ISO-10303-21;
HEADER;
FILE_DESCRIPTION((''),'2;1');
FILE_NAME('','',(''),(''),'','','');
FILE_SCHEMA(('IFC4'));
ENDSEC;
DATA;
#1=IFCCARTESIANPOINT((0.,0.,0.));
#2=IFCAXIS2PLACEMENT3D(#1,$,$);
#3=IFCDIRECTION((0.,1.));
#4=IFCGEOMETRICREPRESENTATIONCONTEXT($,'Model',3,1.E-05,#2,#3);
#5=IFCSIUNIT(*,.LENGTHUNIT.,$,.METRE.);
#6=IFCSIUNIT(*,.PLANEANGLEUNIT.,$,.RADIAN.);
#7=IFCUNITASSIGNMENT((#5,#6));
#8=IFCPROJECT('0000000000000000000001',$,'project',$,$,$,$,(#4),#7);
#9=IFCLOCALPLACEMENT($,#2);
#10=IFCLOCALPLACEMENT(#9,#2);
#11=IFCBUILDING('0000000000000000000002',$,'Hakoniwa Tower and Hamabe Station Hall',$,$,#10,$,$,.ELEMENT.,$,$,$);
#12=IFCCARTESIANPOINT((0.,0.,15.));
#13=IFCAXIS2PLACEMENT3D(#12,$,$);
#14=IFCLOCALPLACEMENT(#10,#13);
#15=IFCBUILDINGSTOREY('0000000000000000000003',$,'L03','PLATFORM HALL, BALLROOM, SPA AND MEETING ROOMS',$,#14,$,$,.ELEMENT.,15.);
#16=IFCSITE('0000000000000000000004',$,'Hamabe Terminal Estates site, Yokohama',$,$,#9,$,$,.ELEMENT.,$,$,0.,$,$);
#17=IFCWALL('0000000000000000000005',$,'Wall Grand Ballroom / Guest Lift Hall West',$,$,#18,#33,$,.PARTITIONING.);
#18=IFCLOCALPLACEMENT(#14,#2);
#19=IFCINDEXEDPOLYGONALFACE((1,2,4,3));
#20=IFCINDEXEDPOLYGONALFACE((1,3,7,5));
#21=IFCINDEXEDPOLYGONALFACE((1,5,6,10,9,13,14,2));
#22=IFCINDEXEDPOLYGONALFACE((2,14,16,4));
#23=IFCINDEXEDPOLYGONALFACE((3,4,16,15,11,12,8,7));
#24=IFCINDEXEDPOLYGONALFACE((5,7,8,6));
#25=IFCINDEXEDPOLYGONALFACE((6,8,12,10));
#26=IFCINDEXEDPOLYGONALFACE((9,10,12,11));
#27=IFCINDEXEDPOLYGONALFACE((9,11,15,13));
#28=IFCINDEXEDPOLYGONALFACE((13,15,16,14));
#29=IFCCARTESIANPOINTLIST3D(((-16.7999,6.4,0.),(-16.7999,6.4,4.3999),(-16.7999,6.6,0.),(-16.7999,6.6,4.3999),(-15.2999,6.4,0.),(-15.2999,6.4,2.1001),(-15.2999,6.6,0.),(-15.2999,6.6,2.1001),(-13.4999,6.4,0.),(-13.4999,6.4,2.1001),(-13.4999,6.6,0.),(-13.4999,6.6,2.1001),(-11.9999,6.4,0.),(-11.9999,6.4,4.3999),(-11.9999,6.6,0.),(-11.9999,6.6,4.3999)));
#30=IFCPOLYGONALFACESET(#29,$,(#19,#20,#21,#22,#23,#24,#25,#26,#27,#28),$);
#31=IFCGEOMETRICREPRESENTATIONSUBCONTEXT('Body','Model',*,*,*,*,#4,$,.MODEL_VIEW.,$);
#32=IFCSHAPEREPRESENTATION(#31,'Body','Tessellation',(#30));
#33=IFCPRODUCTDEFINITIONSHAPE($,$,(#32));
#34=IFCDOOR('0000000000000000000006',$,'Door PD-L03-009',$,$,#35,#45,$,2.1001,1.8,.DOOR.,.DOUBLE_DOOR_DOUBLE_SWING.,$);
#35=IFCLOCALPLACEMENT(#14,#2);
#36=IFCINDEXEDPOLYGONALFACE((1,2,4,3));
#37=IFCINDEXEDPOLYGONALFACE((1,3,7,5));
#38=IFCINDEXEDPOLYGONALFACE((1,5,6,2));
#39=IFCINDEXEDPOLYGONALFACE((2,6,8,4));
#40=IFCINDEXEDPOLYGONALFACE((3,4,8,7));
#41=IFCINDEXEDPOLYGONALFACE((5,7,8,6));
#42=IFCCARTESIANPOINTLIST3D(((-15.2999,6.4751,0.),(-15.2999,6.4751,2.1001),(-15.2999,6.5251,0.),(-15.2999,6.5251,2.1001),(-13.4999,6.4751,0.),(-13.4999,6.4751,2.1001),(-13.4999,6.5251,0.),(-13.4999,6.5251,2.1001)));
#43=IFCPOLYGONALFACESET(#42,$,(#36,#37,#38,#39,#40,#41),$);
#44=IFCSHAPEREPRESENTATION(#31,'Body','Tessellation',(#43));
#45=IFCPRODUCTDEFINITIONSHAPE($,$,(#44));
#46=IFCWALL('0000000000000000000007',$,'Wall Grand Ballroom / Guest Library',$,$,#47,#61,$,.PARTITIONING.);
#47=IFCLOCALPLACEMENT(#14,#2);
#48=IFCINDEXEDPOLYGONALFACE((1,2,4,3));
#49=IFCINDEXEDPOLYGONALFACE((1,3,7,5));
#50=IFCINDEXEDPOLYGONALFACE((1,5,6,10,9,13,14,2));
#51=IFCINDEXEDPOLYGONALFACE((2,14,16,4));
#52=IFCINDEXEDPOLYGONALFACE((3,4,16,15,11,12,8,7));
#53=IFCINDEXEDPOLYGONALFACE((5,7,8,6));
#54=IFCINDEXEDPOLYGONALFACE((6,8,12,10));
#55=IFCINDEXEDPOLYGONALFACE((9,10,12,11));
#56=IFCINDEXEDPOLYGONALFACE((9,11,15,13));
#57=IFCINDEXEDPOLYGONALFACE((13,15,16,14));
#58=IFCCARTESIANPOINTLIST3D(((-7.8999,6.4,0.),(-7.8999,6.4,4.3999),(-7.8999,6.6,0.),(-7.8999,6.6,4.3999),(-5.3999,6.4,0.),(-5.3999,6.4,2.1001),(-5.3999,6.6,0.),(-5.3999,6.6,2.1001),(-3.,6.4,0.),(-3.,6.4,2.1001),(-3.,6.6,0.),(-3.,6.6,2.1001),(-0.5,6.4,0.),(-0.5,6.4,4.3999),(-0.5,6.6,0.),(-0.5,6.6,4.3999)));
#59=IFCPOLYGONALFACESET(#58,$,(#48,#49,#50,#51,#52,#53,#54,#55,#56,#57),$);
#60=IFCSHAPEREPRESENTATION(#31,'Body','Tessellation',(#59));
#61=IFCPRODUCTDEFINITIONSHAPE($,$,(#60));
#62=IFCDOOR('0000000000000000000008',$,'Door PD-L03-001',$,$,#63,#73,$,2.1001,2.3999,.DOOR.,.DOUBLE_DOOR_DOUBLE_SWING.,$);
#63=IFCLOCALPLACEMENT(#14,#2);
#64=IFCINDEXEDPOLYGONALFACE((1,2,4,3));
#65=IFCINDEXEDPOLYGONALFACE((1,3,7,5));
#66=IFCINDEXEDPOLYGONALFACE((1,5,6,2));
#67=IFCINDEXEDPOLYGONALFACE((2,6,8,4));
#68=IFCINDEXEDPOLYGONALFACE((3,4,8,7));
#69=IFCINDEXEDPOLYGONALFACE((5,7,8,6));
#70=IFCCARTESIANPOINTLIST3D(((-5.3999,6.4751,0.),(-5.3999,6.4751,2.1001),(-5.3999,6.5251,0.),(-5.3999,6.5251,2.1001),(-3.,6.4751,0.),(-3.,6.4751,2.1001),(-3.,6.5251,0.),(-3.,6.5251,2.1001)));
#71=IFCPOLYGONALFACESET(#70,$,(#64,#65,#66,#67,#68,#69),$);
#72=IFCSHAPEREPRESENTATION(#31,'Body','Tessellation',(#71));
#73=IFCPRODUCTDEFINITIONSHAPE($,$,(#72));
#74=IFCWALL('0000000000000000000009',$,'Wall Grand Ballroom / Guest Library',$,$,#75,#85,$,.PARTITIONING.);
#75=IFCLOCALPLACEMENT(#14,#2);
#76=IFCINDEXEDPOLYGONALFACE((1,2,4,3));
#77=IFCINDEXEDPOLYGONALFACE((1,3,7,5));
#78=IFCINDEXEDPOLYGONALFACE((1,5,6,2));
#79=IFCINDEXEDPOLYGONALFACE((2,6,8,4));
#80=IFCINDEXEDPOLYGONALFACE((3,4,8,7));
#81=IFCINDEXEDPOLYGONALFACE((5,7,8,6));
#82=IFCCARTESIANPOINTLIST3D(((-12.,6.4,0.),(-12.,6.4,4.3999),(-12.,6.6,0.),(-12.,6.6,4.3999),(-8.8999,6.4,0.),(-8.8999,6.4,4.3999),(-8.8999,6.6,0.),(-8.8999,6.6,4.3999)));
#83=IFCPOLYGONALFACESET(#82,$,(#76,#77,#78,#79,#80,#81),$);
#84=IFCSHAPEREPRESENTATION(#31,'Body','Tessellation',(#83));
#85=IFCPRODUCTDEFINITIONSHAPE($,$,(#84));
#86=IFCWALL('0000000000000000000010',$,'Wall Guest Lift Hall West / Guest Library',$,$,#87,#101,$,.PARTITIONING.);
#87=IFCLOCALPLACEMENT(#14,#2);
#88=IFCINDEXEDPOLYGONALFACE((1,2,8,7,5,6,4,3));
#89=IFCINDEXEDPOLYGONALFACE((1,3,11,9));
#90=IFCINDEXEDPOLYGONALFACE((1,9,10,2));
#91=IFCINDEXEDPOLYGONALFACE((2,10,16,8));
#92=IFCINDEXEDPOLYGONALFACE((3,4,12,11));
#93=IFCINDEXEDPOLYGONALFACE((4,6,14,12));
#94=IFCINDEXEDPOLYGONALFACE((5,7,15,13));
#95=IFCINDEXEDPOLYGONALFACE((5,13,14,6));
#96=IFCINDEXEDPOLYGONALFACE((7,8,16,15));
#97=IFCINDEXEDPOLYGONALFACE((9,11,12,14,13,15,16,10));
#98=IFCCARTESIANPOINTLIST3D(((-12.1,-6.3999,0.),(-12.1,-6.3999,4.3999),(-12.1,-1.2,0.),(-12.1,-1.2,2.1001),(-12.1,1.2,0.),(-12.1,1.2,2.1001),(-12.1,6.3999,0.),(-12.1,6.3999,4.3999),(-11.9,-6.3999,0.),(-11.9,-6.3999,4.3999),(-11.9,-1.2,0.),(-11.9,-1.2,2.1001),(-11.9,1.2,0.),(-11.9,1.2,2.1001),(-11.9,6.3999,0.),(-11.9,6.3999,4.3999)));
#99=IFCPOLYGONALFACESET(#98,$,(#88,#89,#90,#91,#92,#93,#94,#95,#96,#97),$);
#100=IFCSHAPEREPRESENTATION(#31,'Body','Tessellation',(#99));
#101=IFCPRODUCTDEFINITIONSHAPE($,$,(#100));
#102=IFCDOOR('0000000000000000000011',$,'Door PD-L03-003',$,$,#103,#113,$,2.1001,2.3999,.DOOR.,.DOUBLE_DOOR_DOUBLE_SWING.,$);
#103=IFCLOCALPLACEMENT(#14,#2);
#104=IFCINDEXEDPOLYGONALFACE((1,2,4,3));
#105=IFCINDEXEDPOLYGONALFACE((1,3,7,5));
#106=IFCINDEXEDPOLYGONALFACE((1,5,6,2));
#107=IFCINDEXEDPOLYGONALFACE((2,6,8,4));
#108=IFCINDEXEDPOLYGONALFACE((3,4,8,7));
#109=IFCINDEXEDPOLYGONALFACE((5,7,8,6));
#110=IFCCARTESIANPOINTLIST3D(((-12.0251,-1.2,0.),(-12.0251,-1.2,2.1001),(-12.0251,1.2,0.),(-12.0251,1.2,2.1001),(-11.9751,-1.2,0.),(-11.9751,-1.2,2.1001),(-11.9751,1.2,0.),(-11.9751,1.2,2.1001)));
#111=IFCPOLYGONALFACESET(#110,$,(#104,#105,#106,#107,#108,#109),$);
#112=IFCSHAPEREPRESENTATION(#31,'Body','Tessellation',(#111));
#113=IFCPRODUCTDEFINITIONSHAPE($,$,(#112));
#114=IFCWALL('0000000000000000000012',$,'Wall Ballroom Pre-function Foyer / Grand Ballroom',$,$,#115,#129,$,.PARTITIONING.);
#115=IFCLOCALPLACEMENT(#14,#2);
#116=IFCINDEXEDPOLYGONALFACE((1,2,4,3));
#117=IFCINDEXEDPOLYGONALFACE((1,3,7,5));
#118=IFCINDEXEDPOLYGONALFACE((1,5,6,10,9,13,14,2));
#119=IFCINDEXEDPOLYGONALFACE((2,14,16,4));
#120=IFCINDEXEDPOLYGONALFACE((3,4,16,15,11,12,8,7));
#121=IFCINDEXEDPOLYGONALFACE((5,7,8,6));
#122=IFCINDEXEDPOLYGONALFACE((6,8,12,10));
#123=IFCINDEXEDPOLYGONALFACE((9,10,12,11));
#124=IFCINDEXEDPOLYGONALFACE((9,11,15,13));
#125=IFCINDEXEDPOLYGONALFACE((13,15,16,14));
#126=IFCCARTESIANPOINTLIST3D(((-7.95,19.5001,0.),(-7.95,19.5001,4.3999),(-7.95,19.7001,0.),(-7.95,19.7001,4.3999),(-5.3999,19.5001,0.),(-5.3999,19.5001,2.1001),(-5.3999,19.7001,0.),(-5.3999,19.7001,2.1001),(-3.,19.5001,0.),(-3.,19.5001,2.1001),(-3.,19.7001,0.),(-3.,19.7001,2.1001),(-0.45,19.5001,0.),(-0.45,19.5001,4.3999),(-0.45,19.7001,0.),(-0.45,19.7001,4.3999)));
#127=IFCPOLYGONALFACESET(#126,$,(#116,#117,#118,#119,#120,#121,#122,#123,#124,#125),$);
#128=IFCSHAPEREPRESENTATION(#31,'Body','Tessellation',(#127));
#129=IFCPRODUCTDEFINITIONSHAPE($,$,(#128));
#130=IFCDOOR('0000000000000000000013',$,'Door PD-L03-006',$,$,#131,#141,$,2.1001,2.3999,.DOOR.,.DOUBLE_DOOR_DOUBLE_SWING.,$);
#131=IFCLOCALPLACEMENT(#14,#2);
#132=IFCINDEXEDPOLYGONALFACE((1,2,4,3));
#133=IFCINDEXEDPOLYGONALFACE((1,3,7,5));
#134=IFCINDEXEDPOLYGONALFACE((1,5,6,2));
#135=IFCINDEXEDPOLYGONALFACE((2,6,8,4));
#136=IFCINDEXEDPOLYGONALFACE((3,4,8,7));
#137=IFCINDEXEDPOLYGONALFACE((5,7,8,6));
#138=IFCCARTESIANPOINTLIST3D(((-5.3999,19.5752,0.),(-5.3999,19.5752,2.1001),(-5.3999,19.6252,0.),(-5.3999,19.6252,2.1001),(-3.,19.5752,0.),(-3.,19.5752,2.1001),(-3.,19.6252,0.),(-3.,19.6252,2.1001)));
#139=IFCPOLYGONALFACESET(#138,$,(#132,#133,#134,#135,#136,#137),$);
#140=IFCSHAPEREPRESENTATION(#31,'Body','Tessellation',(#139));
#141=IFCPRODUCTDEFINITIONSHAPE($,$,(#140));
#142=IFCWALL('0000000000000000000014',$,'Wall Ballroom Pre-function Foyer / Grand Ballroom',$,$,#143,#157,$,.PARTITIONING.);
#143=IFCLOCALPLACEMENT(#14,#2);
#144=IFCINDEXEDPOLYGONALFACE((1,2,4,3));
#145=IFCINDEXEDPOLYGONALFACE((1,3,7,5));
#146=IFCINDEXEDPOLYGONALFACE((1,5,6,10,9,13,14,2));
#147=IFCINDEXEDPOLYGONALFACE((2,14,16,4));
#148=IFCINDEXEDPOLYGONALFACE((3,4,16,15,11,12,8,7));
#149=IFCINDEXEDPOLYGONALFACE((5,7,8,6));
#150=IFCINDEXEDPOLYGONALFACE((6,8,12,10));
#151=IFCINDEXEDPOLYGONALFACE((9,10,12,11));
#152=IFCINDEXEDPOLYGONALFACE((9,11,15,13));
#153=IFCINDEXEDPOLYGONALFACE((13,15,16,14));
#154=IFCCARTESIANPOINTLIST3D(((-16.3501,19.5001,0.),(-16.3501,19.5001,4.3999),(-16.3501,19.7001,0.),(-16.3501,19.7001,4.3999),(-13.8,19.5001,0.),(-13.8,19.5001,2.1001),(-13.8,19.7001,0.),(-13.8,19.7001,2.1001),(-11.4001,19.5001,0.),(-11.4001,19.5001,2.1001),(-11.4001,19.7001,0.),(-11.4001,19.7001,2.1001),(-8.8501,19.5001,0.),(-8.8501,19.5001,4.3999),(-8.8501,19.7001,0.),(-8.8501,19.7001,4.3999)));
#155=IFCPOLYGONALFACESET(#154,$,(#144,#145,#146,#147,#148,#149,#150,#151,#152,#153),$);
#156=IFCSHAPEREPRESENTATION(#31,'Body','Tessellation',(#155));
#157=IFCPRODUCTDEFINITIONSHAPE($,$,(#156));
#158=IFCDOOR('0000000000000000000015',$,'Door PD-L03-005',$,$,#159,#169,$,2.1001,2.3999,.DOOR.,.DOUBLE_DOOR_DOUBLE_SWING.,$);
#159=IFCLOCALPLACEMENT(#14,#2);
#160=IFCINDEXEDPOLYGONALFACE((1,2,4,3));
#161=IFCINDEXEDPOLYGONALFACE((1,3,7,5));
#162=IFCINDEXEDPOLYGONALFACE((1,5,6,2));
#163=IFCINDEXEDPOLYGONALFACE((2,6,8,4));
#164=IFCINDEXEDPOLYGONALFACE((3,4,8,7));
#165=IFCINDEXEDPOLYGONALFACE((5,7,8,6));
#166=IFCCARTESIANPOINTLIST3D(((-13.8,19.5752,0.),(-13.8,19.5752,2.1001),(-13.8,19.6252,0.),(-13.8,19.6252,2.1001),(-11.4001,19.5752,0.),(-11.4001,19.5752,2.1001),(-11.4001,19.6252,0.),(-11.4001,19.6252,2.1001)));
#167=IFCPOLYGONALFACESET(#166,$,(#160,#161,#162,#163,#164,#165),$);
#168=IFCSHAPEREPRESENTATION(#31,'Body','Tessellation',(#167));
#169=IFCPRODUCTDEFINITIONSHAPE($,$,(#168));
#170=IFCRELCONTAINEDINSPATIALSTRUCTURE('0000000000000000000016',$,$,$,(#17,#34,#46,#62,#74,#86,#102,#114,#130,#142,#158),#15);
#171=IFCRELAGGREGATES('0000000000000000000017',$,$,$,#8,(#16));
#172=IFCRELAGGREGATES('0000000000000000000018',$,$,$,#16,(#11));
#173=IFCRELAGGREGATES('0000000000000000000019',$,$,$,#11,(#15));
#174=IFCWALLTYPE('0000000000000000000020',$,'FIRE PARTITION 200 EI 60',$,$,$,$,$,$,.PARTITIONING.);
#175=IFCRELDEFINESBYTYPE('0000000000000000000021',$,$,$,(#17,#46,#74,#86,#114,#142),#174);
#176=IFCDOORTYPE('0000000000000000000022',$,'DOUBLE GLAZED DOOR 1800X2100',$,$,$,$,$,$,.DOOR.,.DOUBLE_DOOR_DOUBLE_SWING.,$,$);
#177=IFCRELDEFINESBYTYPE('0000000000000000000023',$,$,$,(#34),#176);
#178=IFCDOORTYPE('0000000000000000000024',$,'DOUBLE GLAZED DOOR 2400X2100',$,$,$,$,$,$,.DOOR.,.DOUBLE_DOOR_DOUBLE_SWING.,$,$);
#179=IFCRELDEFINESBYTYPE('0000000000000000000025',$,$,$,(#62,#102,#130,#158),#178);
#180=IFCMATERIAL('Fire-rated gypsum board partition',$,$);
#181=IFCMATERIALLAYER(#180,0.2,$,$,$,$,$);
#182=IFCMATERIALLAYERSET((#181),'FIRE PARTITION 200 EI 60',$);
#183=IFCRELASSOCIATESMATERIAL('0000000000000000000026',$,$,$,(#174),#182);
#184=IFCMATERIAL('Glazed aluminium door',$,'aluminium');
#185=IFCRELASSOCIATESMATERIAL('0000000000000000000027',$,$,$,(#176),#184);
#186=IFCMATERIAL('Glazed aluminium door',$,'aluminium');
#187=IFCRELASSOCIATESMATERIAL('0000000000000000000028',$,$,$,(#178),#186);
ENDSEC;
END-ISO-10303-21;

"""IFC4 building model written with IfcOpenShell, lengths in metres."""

from ifc_helpers import new_model, si_unit, direction, frame, frame_2d, origin, place, context, subcontext, project, spatial, rectangle, extrude, material, layer, layer_set, type_object, element, fill, save


model = new_model("IFC4")

# Units and contexts
model_context = context("Model", 3, precision=1e-05, world=origin(), true_north=direction((0.0, 1.0)))
body_context = subcontext(model_context, "Body", "Model", "MODEL_VIEW")
ifc_project = project(units=[si_unit("LENGTHUNIT", "METRE"), si_unit("PLANEANGLEUNIT", "RADIAN")], contexts=[model_context])

# Site, building, storey
site_placement = place(None, origin())
site = spatial("IfcSite", under=ifc_project, at=site_placement, Name="Hamabe Terminal Estates site, Yokohama", CompositionType="ELEMENT", RefElevation=0.0)
building_placement = place(site_placement, origin())
building = spatial("IfcBuilding", under=site, at=building_placement, Name="Hakoniwa Tower and Hamabe Station Hall", CompositionType="ELEMENT")
storey_placement = place(building_placement, frame((0.0, 0.0, 15.0)))
storey = spatial("IfcBuildingStorey", under=building, at=storey_placement, Name="L03", Description="PLATFORM HALL, BALLROOM, SPA AND MEETING ROOMS", CompositionType="ELEMENT", Elevation=15.0)

# Walls, openings, doors
ifc_material_1 = material(Name="Fire-rated gypsum board partition")
ifc_layer_1 = layer(ifc_material_1, 0.2)
ifc_layer_set_1 = layer_set([ifc_layer_1], Name="FIRE PARTITION 200 EI 60")
wall_type = type_object("IfcWallType", Name="FIRE PARTITION 200 EI 60", PredefinedType="PARTITIONING", material=ifc_layer_set_1)
wall_1_placement = place(storey_placement, frame((-12.0, 6.5, 0.0), z_axis=(0.0, 0.0, 1.0), x_axis=(-1.0, 0.0, 0.0)))
wall_1 = element("IfcWall", 1, at=wall_1_placement, inside=storey, type_object=wall_type, Name="Wall Grand Ballroom / Guest Lift Hall West", PredefinedType="PARTITIONING", context=body_context, shape_type="SweptSolid", body=[
    extrude(rectangle(XDim=4.8, YDim=0.2, at=frame_2d((2.3999, 0.0))), origin(), (0.0, 0.0, 1.0), 4.3999),
])
opening_1_placement = place(wall_1_placement, frame((1.5, 0.0, 0.0)))
opening_1 = element("IfcOpeningElement", 2, at=opening_1_placement, cuts=wall_1, PredefinedType="OPENING", context=body_context, shape_type="SweptSolid", body=[
    extrude(rectangle(XDim=1.8, YDim=2.1001, at=frame_2d((0.8999, 1.05))), frame((0.0, 0.1099, 0.0), z_axis=(0.0, -1.0, 0.0), x_axis=(1.0, 0.0, 0.0)), (0.0, 0.0, 1.0), 0.22),
])
ifc_material_2 = material(Name="Glazed aluminium door", Category="aluminium")
door_type_1 = type_object("IfcDoorType", Name="DOUBLE GLAZED DOOR 1800X2100", OperationType="DOUBLE_DOOR_DOUBLE_SWING", PredefinedType="DOOR", material=ifc_material_2)
door_1_placement = place(opening_1_placement, origin())
door_1 = element("IfcDoor", 3, at=door_1_placement, inside=storey, type_object=door_type_1, Name="Door PD-L03-009", OperationType="DOUBLE_DOOR_DOUBLE_SWING", OverallHeight=2.1001, OverallWidth=1.8, PredefinedType="DOOR", context=body_context, shape_type="SweptSolid", body=[
    extrude(rectangle(XDim=1.8, YDim=2.1001, at=frame_2d((0.8999, 1.05))), frame((0.0, 0.0249, 0.0), z_axis=(0.0, -1.0, 0.0), x_axis=(1.0, 0.0, 0.0)), (0.0, 0.0, 1.0), 0.05),
])
fill(opening_1, door_1)
wall_2_placement = place(storey_placement, frame((-0.5, 6.5, 0.0), z_axis=(0.0, 0.0, 1.0), x_axis=(-1.0, 0.0, 0.0)))
wall_2 = element("IfcWall", 4, at=wall_2_placement, inside=storey, type_object=wall_type, Name="Wall Grand Ballroom / Guest Library", PredefinedType="PARTITIONING", context=body_context, shape_type="SweptSolid", body=[
    extrude(rectangle(XDim=7.3999, YDim=0.2, at=frame_2d((3.7, 0.0))), origin(), (0.0, 0.0, 1.0), 4.3999),
])
opening_2_placement = place(wall_2_placement, frame((2.5, 0.0, 0.0)))
opening_2 = element("IfcOpeningElement", 5, at=opening_2_placement, cuts=wall_2, PredefinedType="OPENING", context=body_context, shape_type="SweptSolid", body=[
    extrude(rectangle(XDim=2.3999, YDim=2.1001, at=frame_2d((1.2, 1.05))), frame((0.0, 0.1099, 0.0), z_axis=(0.0, -1.0, 0.0), x_axis=(1.0, 0.0, 0.0)), (0.0, 0.0, 1.0), 0.22),
])
ifc_material_3 = material(Name="Glazed aluminium door", Category="aluminium")
door_type_2 = type_object("IfcDoorType", Name="DOUBLE GLAZED DOOR 2400X2100", OperationType="DOUBLE_DOOR_DOUBLE_SWING", PredefinedType="DOOR", material=ifc_material_3)
door_2_placement = place(opening_2_placement, origin())
door_2 = element("IfcDoor", 6, at=door_2_placement, inside=storey, type_object=door_type_2, Name="Door PD-L03-001", OperationType="DOUBLE_DOOR_DOUBLE_SWING", OverallHeight=2.1001, OverallWidth=2.3999, PredefinedType="DOOR", context=body_context, shape_type="SweptSolid", body=[
    extrude(rectangle(XDim=2.3999, YDim=2.1001, at=frame_2d((1.2, 1.05))), frame((0.0, 0.0249, 0.0), z_axis=(0.0, -1.0, 0.0), x_axis=(1.0, 0.0, 0.0)), (0.0, 0.0, 1.0), 0.05),
])
fill(opening_2, door_2)

# Wall
wall_3_placement = place(storey_placement, frame((-8.8999, 6.5, 0.0), z_axis=(0.0, 0.0, 1.0), x_axis=(-1.0, 0.0, 0.0)))
element("IfcWall", 7, at=wall_3_placement, inside=storey, type_object=wall_type, Name="Wall Grand Ballroom / Guest Library", PredefinedType="PARTITIONING", context=body_context, shape_type="SweptSolid", body=[
    extrude(rectangle(XDim=3.1001, YDim=0.2, at=frame_2d((1.55, 0.0))), origin(), (0.0, 0.0, 1.0), 4.3999),
])

# Walls, openings, doors
wall_4_placement = place(storey_placement, frame((-12.0, 6.3999, 0.0), z_axis=(0.0, 0.0, 1.0), x_axis=(0.0, -1.0, 0.0)))
wall_4 = element("IfcWall", 8, at=wall_4_placement, inside=storey, type_object=wall_type, Name="Wall Guest Lift Hall West / Guest Library", PredefinedType="PARTITIONING", context=body_context, shape_type="SweptSolid", body=[
    extrude(rectangle(XDim=12.7998, YDim=0.2, at=frame_2d((6.3999, 0.0))), origin(), (0.0, 0.0, 1.0), 4.3999),
])
opening_3_placement = place(wall_4_placement, frame((5.2, 0.0, 0.0)))
opening_3 = element("IfcOpeningElement", 9, at=opening_3_placement, cuts=wall_4, PredefinedType="OPENING", context=body_context, shape_type="SweptSolid", body=[
    extrude(rectangle(XDim=2.3999, YDim=2.1001, at=frame_2d((1.2, 1.05))), frame((0.0, 0.1099, 0.0), z_axis=(0.0, -1.0, 0.0), x_axis=(1.0, 0.0, 0.0)), (0.0, 0.0, 1.0), 0.22),
])
door_3_placement = place(opening_3_placement, origin())
door_3 = element("IfcDoor", 10, at=door_3_placement, inside=storey, type_object=door_type_2, Name="Door PD-L03-003", OperationType="DOUBLE_DOOR_DOUBLE_SWING", OverallHeight=2.1001, OverallWidth=2.3999, PredefinedType="DOOR", context=body_context, shape_type="SweptSolid", body=[
    extrude(rectangle(XDim=2.3999, YDim=2.1001, at=frame_2d((1.2, 1.05))), frame((0.0, 0.0249, 0.0), z_axis=(0.0, -1.0, 0.0), x_axis=(1.0, 0.0, 0.0)), (0.0, 0.0, 1.0), 0.05),
])
fill(opening_3, door_3)
wall_5_placement = place(storey_placement, frame((-0.45, 19.6001, 0.0), z_axis=(0.0, 0.0, 1.0), x_axis=(-1.0, 0.0, 0.0)))
wall_5 = element("IfcWall", 11, at=wall_5_placement, inside=storey, type_object=wall_type, Name="Wall Ballroom Pre-function Foyer / Grand Ballroom", PredefinedType="PARTITIONING", context=body_context, shape_type="SweptSolid", body=[
    extrude(rectangle(XDim=7.5, YDim=0.2, at=frame_2d((3.75, 0.0))), origin(), (0.0, 0.0, 1.0), 4.3999),
])
opening_4_placement = place(wall_5_placement, frame((2.55, 0.0, 0.0)))
opening_4 = element("IfcOpeningElement", 12, at=opening_4_placement, cuts=wall_5, PredefinedType="OPENING", context=body_context, shape_type="SweptSolid", body=[
    extrude(rectangle(XDim=2.3999, YDim=2.1001, at=frame_2d((1.2, 1.05))), frame((0.0, 0.1099, 0.0), z_axis=(0.0, -1.0, 0.0), x_axis=(1.0, 0.0, 0.0)), (0.0, 0.0, 1.0), 0.22),
])
door_4_placement = place(opening_4_placement, origin())
door_4 = element("IfcDoor", 13, at=door_4_placement, inside=storey, type_object=door_type_2, Name="Door PD-L03-006", OperationType="DOUBLE_DOOR_DOUBLE_SWING", OverallHeight=2.1001, OverallWidth=2.3999, PredefinedType="DOOR", context=body_context, shape_type="SweptSolid", body=[
    extrude(rectangle(XDim=2.3999, YDim=2.1001, at=frame_2d((1.2, 1.05))), frame((0.0, 0.0249, 0.0), z_axis=(0.0, -1.0, 0.0), x_axis=(1.0, 0.0, 0.0)), (0.0, 0.0, 1.0), 0.05),
])
fill(opening_4, door_4)
wall_6_placement = place(storey_placement, frame((-8.8501, 19.6001, 0.0), z_axis=(0.0, 0.0, 1.0), x_axis=(-1.0, 0.0, 0.0)))
wall_6 = element("IfcWall", 14, at=wall_6_placement, inside=storey, type_object=wall_type, Name="Wall Ballroom Pre-function Foyer / Grand Ballroom", PredefinedType="PARTITIONING", context=body_context, shape_type="SweptSolid", body=[
    extrude(rectangle(XDim=7.5, YDim=0.2, at=frame_2d((3.75, 0.0))), origin(), (0.0, 0.0, 1.0), 4.3999),
])
opening_5_placement = place(wall_6_placement, frame((2.55, 0.0, 0.0)))
opening_5 = element("IfcOpeningElement", 15, at=opening_5_placement, cuts=wall_6, PredefinedType="OPENING", context=body_context, shape_type="SweptSolid", body=[
    extrude(rectangle(XDim=2.3999, YDim=2.1001, at=frame_2d((1.2, 1.05))), frame((0.0, 0.1099, 0.0), z_axis=(0.0, -1.0, 0.0), x_axis=(1.0, 0.0, 0.0)), (0.0, 0.0, 1.0), 0.22),
])
door_5_placement = place(opening_5_placement, origin())
door_5 = element("IfcDoor", 16, at=door_5_placement, inside=storey, type_object=door_type_2, Name="Door PD-L03-005", OperationType="DOUBLE_DOOR_DOUBLE_SWING", OverallHeight=2.1001, OverallWidth=2.3999, PredefinedType="DOOR", context=body_context, shape_type="SweptSolid", body=[
    extrude(rectangle(XDim=2.3999, YDim=2.1001, at=frame_2d((1.2, 1.05))), frame((0.0, 0.0249, 0.0), z_axis=(0.0, -1.0, 0.0), x_axis=(1.0, 0.0, 0.0)), (0.0, 0.0, 1.0), 0.05),
])
fill(opening_5, door_5)

save(model, "model.ifc")
